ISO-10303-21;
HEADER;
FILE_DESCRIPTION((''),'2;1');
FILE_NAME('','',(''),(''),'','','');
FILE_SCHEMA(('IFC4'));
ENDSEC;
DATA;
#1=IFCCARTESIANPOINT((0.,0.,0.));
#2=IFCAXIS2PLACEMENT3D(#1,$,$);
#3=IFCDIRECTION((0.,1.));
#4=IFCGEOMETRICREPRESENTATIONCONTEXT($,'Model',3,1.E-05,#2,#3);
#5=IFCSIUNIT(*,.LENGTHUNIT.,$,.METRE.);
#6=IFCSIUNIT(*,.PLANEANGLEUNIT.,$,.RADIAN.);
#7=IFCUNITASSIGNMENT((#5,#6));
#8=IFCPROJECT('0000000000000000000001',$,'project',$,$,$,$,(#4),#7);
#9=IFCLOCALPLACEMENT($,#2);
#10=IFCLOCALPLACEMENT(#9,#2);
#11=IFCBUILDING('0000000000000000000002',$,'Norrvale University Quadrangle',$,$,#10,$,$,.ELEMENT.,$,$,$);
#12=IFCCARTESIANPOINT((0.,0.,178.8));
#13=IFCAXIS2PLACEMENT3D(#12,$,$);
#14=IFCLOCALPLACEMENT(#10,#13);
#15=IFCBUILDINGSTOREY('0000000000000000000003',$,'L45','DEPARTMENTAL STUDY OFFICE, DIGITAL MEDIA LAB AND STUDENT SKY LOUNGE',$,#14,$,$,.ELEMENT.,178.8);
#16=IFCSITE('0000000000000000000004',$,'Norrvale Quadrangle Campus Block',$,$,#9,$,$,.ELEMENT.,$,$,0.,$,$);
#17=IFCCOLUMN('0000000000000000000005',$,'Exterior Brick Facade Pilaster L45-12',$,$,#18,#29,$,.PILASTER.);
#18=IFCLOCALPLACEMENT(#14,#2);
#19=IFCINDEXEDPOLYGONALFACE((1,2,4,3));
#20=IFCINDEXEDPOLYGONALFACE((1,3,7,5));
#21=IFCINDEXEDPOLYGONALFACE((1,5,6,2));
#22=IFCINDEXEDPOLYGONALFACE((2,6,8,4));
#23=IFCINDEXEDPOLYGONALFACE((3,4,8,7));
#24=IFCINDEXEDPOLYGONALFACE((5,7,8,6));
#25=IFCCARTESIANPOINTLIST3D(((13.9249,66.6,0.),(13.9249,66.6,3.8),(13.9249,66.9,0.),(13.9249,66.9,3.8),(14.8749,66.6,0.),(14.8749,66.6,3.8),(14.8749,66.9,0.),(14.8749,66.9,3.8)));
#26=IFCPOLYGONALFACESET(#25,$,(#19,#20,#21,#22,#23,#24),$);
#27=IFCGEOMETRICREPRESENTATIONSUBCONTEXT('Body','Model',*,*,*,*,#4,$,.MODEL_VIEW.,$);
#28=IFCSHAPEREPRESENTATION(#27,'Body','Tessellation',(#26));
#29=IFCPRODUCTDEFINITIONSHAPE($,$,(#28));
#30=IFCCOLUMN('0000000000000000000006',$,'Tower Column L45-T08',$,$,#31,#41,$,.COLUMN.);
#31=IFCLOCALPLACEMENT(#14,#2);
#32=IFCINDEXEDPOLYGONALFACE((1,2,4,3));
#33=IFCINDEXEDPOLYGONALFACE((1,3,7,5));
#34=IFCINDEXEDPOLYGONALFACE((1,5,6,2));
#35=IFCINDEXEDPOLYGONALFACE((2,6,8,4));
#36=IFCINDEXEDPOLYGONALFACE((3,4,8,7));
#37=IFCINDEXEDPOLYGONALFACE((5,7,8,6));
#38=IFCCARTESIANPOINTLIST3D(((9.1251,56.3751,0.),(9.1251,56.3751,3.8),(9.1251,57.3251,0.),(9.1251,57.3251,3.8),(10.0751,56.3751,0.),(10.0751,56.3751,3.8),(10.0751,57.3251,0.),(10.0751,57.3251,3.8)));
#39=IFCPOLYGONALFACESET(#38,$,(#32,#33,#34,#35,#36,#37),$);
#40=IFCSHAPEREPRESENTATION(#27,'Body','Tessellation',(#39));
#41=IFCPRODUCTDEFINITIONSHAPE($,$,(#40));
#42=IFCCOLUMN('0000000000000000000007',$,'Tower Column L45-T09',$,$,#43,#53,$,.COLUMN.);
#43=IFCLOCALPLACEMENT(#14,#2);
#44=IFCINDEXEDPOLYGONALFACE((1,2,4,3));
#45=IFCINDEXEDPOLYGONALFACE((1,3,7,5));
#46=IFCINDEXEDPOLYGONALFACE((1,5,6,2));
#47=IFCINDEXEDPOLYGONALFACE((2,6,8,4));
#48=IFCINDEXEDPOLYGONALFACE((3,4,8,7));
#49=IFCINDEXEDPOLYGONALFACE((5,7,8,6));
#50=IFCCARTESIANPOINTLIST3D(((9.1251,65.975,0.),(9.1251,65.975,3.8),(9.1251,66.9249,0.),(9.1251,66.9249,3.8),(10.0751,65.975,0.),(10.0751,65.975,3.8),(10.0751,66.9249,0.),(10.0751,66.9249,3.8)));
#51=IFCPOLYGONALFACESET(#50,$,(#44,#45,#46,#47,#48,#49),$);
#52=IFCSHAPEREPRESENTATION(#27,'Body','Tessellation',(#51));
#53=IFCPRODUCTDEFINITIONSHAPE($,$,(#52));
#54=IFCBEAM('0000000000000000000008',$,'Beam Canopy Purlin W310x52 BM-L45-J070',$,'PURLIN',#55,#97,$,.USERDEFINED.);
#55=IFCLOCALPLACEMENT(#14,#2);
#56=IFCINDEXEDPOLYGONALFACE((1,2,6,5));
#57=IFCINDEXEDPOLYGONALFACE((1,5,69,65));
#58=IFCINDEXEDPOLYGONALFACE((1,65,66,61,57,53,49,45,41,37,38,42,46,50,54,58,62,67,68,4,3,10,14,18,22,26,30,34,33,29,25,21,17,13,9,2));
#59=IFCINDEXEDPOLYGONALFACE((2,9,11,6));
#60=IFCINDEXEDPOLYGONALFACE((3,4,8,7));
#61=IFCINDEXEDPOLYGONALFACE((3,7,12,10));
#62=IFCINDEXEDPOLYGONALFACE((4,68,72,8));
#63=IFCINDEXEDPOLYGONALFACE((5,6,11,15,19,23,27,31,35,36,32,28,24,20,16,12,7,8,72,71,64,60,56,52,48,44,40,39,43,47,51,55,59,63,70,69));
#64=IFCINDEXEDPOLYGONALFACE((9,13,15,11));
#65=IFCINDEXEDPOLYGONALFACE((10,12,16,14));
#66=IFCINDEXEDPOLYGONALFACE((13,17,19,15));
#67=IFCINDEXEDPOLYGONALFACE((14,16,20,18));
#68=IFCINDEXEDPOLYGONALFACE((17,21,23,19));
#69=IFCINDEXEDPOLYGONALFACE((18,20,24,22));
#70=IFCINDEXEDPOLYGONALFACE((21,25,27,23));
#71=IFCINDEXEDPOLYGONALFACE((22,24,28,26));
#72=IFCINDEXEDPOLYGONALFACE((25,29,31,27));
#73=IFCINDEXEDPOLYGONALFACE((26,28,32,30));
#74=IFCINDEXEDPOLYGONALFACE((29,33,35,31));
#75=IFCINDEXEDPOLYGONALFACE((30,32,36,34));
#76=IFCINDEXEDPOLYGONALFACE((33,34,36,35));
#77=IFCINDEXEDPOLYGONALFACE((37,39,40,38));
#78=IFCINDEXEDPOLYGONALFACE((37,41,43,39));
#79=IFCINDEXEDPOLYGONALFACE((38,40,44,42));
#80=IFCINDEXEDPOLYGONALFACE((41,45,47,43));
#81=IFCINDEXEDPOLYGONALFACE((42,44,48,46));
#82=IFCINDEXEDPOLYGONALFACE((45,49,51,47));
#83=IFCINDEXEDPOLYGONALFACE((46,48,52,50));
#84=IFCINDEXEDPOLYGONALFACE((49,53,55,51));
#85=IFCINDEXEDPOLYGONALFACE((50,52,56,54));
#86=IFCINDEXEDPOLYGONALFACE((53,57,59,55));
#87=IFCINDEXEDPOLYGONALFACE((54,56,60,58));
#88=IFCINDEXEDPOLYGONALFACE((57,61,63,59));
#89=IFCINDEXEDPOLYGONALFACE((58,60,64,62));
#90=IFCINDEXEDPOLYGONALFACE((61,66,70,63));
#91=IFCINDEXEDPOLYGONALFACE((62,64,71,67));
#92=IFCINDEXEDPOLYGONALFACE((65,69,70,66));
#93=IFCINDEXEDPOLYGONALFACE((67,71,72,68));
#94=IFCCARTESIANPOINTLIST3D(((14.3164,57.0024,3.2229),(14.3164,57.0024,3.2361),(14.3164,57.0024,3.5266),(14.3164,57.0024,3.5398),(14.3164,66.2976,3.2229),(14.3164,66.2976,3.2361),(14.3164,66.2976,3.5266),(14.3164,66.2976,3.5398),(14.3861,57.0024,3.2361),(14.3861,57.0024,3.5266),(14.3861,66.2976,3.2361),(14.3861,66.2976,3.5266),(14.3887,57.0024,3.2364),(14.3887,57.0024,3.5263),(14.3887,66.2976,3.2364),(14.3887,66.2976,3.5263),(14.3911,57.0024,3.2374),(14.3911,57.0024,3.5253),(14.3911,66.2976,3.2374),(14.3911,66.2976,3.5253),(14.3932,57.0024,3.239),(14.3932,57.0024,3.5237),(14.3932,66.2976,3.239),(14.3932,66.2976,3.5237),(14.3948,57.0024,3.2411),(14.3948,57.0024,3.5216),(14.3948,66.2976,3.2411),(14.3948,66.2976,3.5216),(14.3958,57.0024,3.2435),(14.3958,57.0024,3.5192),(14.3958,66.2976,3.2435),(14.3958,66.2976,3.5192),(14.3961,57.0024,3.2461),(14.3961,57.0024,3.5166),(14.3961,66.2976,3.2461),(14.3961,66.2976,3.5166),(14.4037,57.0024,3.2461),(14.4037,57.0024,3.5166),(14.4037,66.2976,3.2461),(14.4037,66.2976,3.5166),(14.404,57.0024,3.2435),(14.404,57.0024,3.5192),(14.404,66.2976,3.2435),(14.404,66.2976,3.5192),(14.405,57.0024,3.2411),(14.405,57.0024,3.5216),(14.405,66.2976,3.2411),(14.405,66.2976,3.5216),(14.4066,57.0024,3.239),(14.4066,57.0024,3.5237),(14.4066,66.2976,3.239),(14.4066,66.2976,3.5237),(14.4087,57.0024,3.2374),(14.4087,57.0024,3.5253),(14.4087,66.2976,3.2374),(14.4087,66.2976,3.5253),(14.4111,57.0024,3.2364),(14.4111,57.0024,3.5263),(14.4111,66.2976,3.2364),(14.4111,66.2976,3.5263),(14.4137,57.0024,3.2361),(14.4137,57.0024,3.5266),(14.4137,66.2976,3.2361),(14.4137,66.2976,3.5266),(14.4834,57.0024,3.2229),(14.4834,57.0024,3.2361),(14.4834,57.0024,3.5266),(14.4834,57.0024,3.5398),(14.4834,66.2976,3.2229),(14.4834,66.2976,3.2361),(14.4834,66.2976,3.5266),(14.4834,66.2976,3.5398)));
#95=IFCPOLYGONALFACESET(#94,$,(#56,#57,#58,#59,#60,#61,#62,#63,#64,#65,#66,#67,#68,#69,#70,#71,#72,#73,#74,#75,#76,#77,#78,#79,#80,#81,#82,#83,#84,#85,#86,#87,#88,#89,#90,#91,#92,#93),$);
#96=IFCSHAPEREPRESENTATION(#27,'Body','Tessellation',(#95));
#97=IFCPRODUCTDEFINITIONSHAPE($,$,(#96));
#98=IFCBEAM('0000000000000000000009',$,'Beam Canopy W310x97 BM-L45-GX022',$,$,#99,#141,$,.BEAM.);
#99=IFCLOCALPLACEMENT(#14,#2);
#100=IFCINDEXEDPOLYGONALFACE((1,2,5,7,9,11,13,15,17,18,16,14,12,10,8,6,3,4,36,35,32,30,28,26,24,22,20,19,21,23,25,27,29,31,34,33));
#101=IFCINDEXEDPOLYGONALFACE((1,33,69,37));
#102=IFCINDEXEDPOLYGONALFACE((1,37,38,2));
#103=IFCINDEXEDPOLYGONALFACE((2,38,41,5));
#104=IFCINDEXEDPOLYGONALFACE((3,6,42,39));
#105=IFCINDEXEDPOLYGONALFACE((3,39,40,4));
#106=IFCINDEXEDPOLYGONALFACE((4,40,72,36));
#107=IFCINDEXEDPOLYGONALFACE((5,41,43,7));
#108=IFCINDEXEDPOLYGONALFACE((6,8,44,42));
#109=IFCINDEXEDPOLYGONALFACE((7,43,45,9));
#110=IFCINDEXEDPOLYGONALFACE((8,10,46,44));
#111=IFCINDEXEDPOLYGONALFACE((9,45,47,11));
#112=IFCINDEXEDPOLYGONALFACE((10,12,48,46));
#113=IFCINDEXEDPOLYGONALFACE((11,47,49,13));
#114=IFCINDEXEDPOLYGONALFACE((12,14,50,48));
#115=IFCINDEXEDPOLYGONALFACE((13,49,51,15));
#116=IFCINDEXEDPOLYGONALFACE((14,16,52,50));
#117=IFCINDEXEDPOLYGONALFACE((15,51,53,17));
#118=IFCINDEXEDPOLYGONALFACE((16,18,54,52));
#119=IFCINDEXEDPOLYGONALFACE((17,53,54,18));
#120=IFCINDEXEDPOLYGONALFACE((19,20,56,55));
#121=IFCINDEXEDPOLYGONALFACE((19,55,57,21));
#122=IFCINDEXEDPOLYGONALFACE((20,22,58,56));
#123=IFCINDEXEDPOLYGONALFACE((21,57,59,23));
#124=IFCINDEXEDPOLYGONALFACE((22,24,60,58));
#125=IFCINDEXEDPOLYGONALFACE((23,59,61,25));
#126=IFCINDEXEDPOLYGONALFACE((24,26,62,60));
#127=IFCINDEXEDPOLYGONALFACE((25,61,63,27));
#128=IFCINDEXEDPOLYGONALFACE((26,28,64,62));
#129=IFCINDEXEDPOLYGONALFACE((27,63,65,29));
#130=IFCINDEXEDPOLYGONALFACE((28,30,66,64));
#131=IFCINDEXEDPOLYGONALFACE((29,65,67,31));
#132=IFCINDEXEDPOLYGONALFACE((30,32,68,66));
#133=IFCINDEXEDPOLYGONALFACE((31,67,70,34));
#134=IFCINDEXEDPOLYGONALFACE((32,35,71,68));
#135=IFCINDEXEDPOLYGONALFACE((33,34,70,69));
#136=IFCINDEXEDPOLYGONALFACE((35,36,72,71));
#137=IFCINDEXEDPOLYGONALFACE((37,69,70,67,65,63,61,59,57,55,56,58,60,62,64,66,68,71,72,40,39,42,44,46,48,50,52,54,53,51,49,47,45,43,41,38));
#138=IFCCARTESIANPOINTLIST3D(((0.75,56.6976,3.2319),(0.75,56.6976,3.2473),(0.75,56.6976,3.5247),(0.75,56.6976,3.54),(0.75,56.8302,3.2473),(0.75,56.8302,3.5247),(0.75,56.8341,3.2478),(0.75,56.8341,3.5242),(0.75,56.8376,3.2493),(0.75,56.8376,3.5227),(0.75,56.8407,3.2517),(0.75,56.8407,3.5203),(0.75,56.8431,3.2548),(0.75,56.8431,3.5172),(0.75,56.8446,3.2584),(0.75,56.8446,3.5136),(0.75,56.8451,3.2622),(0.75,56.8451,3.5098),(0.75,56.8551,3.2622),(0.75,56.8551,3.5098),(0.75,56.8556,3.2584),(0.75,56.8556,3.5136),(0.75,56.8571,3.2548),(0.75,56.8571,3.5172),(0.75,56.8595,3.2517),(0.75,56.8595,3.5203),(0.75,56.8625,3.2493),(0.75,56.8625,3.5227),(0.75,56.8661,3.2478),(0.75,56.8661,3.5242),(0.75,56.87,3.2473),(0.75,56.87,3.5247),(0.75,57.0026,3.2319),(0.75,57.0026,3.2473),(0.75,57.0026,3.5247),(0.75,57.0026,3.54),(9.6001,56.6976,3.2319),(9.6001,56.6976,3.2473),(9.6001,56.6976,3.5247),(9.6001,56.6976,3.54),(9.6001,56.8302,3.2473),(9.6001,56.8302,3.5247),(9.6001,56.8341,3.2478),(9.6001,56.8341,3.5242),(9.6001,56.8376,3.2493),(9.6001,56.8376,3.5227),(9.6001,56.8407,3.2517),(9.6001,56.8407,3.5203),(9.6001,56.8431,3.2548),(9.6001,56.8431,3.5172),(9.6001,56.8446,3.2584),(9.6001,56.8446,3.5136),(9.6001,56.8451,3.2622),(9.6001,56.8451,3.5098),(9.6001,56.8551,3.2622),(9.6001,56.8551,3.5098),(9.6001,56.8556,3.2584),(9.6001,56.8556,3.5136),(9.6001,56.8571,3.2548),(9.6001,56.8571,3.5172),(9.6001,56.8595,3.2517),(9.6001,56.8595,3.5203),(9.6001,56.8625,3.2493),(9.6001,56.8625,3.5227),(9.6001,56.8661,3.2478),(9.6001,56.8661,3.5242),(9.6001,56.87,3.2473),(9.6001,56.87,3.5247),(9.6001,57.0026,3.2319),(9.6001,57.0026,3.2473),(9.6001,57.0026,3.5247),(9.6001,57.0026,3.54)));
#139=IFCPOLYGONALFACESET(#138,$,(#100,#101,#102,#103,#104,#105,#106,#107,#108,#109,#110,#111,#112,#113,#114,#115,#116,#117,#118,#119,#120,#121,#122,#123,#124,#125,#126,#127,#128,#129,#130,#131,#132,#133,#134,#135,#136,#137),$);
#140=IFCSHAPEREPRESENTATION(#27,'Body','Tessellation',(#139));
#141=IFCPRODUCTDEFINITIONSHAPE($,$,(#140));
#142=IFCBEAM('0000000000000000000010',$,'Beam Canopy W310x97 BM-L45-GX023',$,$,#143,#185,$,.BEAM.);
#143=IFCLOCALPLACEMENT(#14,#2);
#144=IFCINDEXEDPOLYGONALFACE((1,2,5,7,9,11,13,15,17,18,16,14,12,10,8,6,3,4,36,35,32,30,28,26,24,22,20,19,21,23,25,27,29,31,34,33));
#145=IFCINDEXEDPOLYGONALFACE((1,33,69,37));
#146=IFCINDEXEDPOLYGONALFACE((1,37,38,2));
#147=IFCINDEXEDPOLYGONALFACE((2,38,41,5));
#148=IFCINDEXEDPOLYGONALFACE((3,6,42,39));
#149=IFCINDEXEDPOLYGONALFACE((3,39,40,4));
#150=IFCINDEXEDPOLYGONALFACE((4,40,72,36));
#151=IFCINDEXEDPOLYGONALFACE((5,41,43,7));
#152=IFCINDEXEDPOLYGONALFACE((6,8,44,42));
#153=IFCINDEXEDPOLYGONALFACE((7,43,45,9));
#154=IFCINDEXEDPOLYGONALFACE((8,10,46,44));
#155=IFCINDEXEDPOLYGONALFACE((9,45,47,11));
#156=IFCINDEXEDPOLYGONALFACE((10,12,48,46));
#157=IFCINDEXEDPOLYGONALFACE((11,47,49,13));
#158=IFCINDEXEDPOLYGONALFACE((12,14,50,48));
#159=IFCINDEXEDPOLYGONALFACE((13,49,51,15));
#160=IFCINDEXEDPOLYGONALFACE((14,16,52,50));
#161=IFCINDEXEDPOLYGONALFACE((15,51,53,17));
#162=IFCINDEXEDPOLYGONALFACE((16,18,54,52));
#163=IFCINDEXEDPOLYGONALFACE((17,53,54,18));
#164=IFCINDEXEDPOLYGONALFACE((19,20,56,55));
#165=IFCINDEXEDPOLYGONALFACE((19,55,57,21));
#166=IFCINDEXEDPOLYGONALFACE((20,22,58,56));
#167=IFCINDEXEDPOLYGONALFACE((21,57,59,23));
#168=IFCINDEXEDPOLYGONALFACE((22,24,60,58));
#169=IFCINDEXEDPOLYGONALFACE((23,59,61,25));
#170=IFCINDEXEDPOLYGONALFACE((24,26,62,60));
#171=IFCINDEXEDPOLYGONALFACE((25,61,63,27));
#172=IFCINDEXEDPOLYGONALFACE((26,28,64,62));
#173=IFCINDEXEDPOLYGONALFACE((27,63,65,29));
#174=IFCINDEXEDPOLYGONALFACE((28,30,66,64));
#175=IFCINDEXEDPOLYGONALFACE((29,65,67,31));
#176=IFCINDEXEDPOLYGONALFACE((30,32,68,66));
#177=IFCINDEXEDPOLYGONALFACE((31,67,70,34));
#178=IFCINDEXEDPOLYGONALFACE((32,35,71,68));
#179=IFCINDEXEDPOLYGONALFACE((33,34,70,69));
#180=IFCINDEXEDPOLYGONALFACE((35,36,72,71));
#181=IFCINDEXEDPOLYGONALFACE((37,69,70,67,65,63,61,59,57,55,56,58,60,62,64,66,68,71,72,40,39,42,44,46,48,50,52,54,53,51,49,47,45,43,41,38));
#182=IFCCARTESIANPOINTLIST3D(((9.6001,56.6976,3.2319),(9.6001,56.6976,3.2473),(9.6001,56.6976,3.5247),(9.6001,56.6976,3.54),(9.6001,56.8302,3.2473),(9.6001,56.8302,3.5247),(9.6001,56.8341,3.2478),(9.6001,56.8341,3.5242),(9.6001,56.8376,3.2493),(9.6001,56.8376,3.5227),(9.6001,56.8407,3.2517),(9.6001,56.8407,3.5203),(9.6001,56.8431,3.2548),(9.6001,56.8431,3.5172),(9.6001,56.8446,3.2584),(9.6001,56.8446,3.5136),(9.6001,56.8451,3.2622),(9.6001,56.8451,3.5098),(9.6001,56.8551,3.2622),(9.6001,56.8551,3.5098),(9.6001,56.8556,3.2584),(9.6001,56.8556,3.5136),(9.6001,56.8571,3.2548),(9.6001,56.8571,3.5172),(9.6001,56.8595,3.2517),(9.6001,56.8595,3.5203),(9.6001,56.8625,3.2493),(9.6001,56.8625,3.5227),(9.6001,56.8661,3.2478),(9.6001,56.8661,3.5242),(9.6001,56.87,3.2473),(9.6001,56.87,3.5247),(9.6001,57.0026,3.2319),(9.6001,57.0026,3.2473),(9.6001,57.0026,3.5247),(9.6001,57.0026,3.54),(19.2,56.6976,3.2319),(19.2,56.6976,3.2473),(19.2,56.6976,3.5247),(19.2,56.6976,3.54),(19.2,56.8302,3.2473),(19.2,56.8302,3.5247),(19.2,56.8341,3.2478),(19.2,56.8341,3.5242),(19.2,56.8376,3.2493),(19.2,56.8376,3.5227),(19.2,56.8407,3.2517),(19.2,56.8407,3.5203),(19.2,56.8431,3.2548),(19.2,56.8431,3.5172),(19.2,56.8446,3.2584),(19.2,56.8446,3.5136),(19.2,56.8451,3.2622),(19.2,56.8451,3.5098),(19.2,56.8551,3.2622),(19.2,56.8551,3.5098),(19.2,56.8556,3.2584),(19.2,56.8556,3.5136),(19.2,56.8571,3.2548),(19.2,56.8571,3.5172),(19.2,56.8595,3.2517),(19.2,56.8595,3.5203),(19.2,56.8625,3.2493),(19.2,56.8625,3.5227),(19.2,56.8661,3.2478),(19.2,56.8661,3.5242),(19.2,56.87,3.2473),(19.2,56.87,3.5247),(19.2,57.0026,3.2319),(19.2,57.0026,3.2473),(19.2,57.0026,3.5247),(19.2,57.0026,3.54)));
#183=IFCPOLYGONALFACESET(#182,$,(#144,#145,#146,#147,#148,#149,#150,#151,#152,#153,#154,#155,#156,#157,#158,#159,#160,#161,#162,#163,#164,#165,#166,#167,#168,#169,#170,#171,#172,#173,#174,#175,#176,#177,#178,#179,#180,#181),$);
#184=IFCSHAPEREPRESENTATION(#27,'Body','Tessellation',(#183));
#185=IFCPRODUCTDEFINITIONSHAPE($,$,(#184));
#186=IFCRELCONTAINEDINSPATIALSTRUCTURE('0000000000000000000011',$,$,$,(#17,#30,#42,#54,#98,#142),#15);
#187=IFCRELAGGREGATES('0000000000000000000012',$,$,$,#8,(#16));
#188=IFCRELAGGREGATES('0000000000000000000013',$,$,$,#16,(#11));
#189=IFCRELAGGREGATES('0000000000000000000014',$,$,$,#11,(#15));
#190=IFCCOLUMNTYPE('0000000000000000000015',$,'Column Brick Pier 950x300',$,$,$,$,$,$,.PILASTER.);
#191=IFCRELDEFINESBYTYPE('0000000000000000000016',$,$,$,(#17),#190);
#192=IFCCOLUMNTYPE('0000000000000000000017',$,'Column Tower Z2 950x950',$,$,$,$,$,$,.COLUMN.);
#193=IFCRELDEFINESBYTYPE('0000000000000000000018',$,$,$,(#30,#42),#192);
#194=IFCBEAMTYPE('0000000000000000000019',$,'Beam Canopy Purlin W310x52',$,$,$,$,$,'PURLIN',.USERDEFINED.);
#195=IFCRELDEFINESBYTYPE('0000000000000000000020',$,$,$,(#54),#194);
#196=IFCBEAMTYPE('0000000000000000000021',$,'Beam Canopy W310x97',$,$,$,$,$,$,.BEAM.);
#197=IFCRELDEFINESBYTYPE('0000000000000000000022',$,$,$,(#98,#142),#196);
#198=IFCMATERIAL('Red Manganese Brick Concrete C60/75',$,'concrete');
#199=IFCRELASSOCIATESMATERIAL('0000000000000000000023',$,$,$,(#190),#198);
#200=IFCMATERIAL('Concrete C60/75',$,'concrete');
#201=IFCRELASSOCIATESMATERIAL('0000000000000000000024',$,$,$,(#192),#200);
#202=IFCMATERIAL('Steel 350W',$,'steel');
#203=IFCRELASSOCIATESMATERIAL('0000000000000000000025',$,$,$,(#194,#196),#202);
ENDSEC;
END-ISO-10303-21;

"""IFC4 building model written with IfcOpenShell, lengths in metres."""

from ifc_helpers import new_model, si_unit, direction, frame, origin, origin_2d, place, context, subcontext, project, spatial, rectangle, i_section, extrude, material, material_profile, profile_set, type_object, element, save


model = new_model("IFC4")

# Units and contexts
model_context = context("Model", 3, precision=1e-05, world=origin(), true_north=direction((0.0, 1.0)))
body_context = subcontext(model_context, "Body", "Model", "MODEL_VIEW")
ifc_project = project(units=[si_unit("LENGTHUNIT", "METRE"), si_unit("PLANEANGLEUNIT", "RADIAN")], contexts=[model_context])

# Site, building, storey
site_placement = place(None, origin())
site = spatial("IfcSite", under=ifc_project, at=site_placement, Name="Norrvale Quadrangle Campus Block", CompositionType="ELEMENT", RefElevation=0.0)
building_placement = place(site_placement, origin())
building = spatial("IfcBuilding", under=site, at=building_placement, Name="Norrvale University Quadrangle", CompositionType="ELEMENT")
storey_placement = place(building_placement, frame((0.0, 0.0, 178.8)))
storey = spatial("IfcBuildingStorey", under=building, at=storey_placement, Name="L45", Description="DEPARTMENTAL STUDY OFFICE, DIGITAL MEDIA LAB AND STUDENT SKY LOUNGE", CompositionType="ELEMENT", Elevation=178.8)

# Columns
ifc_material_1 = material(Name="Red Manganese Brick Concrete C60/75", Category="concrete")
ifc_material_profile_1 = material_profile(ifc_material_1, rectangle(XDim=0.95, YDim=0.3, at=origin_2d()), Name="Red Manganese Brick Concrete C60/75")
ifc_profile_set_1 = profile_set([ifc_material_profile_1], Name="Red Manganese Brick Concrete C60/75")
column_type_1 = type_object("IfcColumnType", Name="Column Brick Pier 950x300", PredefinedType="PILASTER", material=ifc_profile_set_1)
column_placement = place(storey_placement, frame((14.3999, 66.75, 0.0), z_axis=(0.0, 0.0, 1.0), x_axis=(1.0, 0.0, 0.0)))
element("IfcColumn", 1, at=column_placement, inside=storey, type_object=column_type_1, Name="Exterior Brick Facade Pilaster L45-12", PredefinedType="PILASTER", context=body_context, shape_type="SweptSolid", body=[
    extrude(rectangle(XDim=0.95, YDim=0.3, at=origin_2d()), origin(), (0.0, 0.0, 1.0), 3.8),
])
ifc_material_2 = material(Name="Concrete C60/75", Category="concrete")
ifc_material_profile_2 = material_profile(ifc_material_2, rectangle(XDim=0.95, YDim=0.95, at=origin_2d()), Name="Concrete C60/75")
ifc_profile_set_2 = profile_set([ifc_material_profile_2], Name="Concrete C60/75")
column_type_2 = type_object("IfcColumnType", Name="Column Tower Z2 950x950", PredefinedType="COLUMN", material=ifc_profile_set_2)
for number, where, z_axis, x_axis, name in (
    (2, (9.6001, 56.8501, 0.0), (0.0, 0.0, 1.0), (1.0, 0.0, 0.0), "Tower Column L45-T08"),
    (3, (9.6001, 66.45, 0.0), (0.0, 0.0, 1.0), (1.0, 0.0, 0.0), "Tower Column L45-T09"),
):
    element("IfcColumn", number, at=place(storey_placement, frame(where, z_axis=z_axis, x_axis=x_axis)), inside=storey, type_object=column_type_2, Name=name, PredefinedType="COLUMN", context=body_context, shape_type="SweptSolid", body=[
        extrude(rectangle(XDim=0.95, YDim=0.95, at=origin_2d()), origin(), (0.0, 0.0, 1.0), 3.8),
    ])

# Beams
ifc_material_3 = material(Name="Steel 350W", Category="steel")
ifc_material_profile_3 = material_profile(ifc_material_3, i_section(OverallWidth=0.167, OverallDepth=0.3169, WebThickness=0.0076, FlangeThickness=0.0132, FilletRadius=0.01, at=origin_2d()), Name="Steel 350W")
ifc_profile_set_3 = profile_set([ifc_material_profile_3], Name="Steel 350W")
beam_type_1 = type_object("IfcBeamType", Name="Beam Canopy Purlin W310x52", ElementType="PURLIN", PredefinedType="USERDEFINED", material=ifc_profile_set_3)
beam_1_placement = place(storey_placement, frame((14.3999, 57.0024, 3.3813), z_axis=(0.0, 1.0, 0.0), x_axis=(-1.0, 0.0, 0.0)))
element("IfcBeam", 4, at=beam_1_placement, inside=storey, type_object=beam_type_1, Name="Beam Canopy Purlin W310x52 BM-L45-J070", ObjectType="PURLIN", PredefinedType="USERDEFINED", context=body_context, shape_type="SweptSolid", body=[
    extrude(i_section(OverallWidth=0.167, OverallDepth=0.3169, WebThickness=0.0076, FlangeThickness=0.0132, FilletRadius=0.01, at=origin_2d()), origin(), (0.0, 0.0, 1.0), 9.2952),
])
ifc_material_profile_4 = material_profile(ifc_material_3, i_section(OverallWidth=0.3049, OverallDepth=0.3081, WebThickness=0.01, FlangeThickness=0.0154, FilletRadius=0.0149, at=origin_2d()), Name="Steel 350W")
ifc_profile_set_4 = profile_set([ifc_material_profile_4], Name="Steel 350W")
beam_type_2 = type_object("IfcBeamType", Name="Beam Canopy W310x97", PredefinedType="BEAM", material=ifc_profile_set_4)
beam_2_placement = place(storey_placement, frame((0.75, 56.8501, 3.386), z_axis=(1.0, 0.0, 0.0), x_axis=(0.0, 1.0, 0.0)))
element("IfcBeam", 5, at=beam_2_placement, inside=storey, type_object=beam_type_2, Name="Beam Canopy W310x97 BM-L45-GX022", PredefinedType="BEAM", context=body_context, shape_type="SweptSolid", body=[
    extrude(i_section(OverallWidth=0.3049, OverallDepth=0.3081, WebThickness=0.01, FlangeThickness=0.0154, FilletRadius=0.0149, at=origin_2d()), origin(), (0.0, 0.0, 1.0), 8.8501),
])
for number, where, z_axis, x_axis, name in (
    (6, (9.6001, 56.8501, 3.386), (1.0, 0.0, 0.0), (0.0, 1.0, 0.0), "Beam Canopy W310x97 BM-L45-GX023"),
):
    element("IfcBeam", number, at=place(storey_placement, frame(where, z_axis=z_axis, x_axis=x_axis)), inside=storey, type_object=beam_type_2, Name=name, PredefinedType="BEAM", context=body_context, shape_type="SweptSolid", body=[
        extrude(i_section(OverallWidth=0.3049, OverallDepth=0.3081, WebThickness=0.01, FlangeThickness=0.0154, FilletRadius=0.0149, at=origin_2d()), origin(), (0.0, 0.0, 1.0), 9.5999),
    ])

save(model, "model.ifc")
